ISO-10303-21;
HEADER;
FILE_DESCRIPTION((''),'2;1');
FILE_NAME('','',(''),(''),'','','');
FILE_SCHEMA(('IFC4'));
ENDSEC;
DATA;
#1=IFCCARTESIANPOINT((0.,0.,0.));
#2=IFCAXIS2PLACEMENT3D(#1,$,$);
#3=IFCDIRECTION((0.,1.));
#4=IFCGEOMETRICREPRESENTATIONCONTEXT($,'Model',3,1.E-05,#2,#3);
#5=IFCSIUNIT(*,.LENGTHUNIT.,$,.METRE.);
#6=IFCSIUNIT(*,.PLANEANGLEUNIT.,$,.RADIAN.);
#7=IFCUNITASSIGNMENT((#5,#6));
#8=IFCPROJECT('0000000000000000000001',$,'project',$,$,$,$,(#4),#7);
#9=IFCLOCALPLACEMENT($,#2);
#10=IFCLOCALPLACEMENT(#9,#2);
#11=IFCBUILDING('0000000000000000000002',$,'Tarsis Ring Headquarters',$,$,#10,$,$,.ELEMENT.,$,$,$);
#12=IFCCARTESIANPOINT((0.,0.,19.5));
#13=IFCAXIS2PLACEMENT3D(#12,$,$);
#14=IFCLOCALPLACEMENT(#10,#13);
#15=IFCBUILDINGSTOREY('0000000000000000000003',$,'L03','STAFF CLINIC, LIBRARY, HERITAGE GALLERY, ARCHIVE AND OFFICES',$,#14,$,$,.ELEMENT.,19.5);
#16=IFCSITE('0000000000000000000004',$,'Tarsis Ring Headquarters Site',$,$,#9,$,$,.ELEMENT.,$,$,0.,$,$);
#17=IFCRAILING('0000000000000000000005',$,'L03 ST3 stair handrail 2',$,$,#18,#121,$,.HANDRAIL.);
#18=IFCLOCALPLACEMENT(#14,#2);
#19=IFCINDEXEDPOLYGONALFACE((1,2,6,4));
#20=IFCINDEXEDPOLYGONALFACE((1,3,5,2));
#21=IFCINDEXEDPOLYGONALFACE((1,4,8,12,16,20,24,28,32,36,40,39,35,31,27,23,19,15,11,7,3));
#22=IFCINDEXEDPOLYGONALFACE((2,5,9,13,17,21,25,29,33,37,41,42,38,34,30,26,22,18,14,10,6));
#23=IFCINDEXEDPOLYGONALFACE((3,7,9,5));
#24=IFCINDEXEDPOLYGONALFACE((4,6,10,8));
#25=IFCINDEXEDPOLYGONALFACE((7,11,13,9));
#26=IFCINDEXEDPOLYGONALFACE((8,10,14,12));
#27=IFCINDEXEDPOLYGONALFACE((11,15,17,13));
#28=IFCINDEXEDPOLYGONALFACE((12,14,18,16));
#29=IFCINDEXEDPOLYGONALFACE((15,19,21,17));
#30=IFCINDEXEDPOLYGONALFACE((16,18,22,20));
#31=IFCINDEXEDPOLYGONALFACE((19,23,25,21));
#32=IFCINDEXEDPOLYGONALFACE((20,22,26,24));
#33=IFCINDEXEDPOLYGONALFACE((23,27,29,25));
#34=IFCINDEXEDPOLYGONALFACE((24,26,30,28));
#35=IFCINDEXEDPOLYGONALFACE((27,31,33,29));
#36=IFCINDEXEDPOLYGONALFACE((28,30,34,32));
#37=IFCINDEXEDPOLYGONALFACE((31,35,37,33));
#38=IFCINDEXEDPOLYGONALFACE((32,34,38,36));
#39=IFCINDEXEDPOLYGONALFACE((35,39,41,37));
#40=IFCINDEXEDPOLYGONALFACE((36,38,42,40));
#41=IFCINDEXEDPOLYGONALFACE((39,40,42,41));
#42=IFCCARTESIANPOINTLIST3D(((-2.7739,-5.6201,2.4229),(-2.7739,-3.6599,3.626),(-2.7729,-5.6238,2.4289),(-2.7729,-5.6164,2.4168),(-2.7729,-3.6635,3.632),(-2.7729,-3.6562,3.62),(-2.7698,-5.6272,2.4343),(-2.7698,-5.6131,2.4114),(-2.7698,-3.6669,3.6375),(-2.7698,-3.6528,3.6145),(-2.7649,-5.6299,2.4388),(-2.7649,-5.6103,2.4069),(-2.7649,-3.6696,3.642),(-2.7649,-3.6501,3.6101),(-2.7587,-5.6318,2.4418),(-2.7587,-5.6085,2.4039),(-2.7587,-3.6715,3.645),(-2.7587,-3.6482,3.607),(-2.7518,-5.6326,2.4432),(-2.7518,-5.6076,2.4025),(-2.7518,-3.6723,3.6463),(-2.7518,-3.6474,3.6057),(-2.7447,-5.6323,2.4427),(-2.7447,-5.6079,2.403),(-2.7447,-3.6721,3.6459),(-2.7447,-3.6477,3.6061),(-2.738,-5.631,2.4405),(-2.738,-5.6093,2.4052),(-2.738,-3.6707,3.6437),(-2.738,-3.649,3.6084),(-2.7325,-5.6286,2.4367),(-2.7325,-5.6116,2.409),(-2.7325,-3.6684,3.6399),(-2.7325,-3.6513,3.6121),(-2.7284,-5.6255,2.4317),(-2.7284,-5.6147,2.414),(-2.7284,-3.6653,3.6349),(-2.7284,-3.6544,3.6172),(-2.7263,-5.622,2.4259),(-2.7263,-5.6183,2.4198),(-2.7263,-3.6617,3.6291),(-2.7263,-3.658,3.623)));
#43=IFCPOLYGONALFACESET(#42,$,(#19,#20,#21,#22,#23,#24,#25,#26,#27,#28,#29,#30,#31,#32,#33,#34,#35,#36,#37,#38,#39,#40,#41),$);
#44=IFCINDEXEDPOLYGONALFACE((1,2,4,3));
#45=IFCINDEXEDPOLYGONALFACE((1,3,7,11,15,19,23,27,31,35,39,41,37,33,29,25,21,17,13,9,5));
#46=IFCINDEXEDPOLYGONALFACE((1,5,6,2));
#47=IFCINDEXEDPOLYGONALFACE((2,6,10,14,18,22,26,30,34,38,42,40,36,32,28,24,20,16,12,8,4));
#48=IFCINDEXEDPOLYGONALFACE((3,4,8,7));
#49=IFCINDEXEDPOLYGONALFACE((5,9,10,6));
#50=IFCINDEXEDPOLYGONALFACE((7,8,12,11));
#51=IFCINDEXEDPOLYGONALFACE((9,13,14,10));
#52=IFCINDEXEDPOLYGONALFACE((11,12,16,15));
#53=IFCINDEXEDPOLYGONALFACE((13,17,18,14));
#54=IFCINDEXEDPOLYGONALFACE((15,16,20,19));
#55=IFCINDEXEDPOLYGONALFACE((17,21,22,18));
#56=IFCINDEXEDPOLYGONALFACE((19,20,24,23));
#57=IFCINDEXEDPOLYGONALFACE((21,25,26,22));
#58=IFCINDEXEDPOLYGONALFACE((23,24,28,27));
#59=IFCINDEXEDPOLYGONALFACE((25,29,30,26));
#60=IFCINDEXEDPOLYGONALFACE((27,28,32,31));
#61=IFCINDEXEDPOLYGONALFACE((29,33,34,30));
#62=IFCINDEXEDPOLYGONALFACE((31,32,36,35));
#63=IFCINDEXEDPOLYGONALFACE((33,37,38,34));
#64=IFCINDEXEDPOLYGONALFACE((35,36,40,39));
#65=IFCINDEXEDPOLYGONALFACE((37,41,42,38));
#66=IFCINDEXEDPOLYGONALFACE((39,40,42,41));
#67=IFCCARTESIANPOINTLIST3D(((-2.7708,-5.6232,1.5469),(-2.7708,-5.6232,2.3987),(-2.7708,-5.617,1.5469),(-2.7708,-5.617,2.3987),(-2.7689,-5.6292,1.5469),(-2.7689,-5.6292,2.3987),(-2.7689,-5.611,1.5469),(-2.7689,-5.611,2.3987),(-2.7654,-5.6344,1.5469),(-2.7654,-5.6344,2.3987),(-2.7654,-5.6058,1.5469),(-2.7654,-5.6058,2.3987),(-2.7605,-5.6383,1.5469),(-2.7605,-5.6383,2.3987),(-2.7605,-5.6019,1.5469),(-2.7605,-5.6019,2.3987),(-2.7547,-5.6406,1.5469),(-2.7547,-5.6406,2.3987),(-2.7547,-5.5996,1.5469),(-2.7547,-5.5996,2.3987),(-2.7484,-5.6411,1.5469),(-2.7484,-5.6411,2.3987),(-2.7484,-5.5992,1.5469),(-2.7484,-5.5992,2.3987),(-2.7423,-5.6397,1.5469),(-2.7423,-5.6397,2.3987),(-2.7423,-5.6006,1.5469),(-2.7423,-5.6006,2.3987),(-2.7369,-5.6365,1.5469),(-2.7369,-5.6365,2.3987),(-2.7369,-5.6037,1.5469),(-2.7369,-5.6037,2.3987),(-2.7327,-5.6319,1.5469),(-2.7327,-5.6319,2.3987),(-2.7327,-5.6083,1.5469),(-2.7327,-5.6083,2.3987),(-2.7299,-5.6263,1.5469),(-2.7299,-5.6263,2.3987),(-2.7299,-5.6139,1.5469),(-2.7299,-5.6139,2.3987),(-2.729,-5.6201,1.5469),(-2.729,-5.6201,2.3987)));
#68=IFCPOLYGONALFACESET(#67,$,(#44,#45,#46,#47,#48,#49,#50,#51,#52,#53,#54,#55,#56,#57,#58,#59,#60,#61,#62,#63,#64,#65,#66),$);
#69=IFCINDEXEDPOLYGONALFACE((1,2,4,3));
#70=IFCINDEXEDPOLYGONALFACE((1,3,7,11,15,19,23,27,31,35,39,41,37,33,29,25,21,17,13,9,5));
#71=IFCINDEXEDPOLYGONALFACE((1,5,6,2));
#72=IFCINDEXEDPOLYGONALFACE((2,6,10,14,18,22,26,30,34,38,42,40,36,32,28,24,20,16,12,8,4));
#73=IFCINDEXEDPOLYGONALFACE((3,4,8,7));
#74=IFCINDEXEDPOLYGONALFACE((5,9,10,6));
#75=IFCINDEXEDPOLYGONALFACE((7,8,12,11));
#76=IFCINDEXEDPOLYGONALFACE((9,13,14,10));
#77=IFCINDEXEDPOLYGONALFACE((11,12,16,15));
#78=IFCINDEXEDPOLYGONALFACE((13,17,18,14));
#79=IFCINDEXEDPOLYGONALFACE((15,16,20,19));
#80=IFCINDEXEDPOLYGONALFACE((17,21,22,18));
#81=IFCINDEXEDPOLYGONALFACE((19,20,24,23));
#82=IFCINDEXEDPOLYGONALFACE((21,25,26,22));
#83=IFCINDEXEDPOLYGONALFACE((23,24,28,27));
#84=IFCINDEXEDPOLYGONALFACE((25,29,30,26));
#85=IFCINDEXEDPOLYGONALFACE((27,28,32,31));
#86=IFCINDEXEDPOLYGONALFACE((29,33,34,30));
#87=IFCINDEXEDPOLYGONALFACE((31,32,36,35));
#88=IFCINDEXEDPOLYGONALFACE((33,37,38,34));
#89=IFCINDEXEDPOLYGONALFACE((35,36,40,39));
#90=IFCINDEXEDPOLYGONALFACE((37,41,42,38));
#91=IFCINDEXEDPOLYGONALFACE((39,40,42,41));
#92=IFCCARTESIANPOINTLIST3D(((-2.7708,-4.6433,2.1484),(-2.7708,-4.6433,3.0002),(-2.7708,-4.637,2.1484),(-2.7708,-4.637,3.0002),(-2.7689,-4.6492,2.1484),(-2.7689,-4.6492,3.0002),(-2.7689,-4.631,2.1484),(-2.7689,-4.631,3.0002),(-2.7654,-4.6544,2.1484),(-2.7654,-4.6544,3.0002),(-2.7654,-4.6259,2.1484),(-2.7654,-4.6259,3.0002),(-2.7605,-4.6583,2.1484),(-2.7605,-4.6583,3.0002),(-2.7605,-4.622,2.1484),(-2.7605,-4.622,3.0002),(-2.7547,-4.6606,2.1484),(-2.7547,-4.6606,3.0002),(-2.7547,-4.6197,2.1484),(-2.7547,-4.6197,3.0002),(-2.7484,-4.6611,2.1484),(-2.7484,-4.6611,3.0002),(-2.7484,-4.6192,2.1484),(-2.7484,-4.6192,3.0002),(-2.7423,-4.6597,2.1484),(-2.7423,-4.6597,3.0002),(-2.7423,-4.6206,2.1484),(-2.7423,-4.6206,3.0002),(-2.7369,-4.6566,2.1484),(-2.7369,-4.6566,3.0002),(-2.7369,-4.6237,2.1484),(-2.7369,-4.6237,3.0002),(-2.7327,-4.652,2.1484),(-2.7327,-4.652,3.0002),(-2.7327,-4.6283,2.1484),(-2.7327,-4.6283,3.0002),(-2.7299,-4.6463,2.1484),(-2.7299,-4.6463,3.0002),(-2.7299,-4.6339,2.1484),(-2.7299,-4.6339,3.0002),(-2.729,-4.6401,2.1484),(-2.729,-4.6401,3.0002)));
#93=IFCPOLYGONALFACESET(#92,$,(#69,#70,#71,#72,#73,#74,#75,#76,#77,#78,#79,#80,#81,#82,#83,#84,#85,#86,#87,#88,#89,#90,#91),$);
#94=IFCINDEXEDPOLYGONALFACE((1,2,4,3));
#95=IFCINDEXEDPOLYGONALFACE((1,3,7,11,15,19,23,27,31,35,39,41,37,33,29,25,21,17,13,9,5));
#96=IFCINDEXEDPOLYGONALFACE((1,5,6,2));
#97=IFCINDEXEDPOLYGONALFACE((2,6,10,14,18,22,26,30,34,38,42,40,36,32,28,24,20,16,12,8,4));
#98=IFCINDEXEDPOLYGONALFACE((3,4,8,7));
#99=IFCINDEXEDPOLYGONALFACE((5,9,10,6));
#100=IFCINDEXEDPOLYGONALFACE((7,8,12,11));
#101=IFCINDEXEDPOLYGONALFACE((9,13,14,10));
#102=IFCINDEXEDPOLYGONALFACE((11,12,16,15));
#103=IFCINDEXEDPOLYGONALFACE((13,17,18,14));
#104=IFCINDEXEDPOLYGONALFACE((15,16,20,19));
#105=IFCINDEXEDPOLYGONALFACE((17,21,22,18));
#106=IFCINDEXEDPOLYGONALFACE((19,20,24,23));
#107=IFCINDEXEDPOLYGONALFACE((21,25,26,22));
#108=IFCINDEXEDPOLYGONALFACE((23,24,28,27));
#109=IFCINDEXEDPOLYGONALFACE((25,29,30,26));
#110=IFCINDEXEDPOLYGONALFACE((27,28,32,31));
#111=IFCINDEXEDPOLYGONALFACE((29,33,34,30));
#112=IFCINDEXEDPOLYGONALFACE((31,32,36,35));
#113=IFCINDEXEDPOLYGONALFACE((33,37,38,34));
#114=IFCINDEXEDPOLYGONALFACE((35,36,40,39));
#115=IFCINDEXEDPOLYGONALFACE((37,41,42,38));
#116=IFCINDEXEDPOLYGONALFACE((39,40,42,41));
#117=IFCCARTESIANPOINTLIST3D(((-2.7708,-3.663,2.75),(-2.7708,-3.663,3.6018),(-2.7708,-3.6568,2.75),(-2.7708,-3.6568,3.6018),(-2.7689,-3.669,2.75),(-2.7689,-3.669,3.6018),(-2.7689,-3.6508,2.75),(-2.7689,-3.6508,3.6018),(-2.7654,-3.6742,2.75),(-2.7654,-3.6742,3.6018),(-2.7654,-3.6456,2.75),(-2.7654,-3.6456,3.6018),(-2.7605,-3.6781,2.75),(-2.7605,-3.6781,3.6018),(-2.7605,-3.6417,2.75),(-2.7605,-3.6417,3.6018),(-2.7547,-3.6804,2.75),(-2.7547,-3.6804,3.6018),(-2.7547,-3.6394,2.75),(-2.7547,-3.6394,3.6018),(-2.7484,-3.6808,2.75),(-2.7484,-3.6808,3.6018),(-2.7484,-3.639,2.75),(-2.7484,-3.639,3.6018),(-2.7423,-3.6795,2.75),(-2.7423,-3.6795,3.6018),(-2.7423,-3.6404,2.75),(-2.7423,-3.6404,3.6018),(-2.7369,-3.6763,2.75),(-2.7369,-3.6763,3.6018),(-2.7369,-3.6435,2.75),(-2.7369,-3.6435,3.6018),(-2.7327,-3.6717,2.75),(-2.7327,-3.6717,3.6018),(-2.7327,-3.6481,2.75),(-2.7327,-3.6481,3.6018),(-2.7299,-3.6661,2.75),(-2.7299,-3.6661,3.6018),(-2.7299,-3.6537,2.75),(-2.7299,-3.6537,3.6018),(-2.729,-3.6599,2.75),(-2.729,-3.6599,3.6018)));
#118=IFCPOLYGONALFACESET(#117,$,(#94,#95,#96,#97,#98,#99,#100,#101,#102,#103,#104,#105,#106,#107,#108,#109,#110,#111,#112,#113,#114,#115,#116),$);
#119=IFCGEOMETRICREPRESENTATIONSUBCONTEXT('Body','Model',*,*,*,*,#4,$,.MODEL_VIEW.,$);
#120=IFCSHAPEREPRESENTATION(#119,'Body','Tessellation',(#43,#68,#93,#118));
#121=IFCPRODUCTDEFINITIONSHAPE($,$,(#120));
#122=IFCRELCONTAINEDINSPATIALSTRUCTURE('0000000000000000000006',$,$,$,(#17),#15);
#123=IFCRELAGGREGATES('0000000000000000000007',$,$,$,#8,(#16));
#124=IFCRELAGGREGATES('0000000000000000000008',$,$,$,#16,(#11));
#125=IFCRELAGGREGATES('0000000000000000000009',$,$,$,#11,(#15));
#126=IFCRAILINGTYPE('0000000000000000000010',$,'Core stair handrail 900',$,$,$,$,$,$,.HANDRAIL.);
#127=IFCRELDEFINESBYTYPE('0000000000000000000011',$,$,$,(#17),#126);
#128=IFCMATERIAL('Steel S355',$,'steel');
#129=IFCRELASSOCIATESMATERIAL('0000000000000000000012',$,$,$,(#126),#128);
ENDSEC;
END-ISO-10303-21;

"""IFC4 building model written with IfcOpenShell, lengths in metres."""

from ifc_helpers import new_model, si_unit, direction, frame, origin, origin_2d, place, context, subcontext, project, spatial, circle, extrude, material, type_object, element, save


model = new_model("IFC4")

# Units and contexts
model_context = context("Model", 3, precision=1e-05, world=origin(), true_north=direction((0.0, 1.0)))
body_context = subcontext(model_context, "Body", "Model", "MODEL_VIEW")
ifc_project = project(units=[si_unit("LENGTHUNIT", "METRE"), si_unit("PLANEANGLEUNIT", "RADIAN")], contexts=[model_context])

# Site, building, storey
site_placement = place(None, origin())
site = spatial("IfcSite", under=ifc_project, at=site_placement, Name="Tarsis Ring Headquarters Site", CompositionType="ELEMENT", RefElevation=0.0)
building_placement = place(site_placement, origin())
building = spatial("IfcBuilding", under=site, at=building_placement, Name="Tarsis Ring Headquarters", CompositionType="ELEMENT")
storey_placement = place(building_placement, frame((0.0, 0.0, 19.5)))
storey = spatial("IfcBuildingStorey", under=building, at=storey_placement, Name="L03", Description="STAFF CLINIC, LIBRARY, HERITAGE GALLERY, ARCHIVE AND OFFICES", CompositionType="ELEMENT", Elevation=19.5)

# Shared definitions
ifc_material_1 = material(Name="Steel S355", Category="steel")

# Railing
railing_type_1 = type_object("IfcRailingType", Name="Core stair handrail 900", PredefinedType="HANDRAIL", material=ifc_material_1)
railing_1_placement = place(storey_placement, frame((-2.75, -5.6201, 1.5469)))
element("IfcRailing", 1, at=railing_1_placement, inside=storey, type_object=railing_type_1, Name="L03 ST3 stair handrail 2", PredefinedType="HANDRAIL", context=body_context, shape_type="SweptSolid", body=[
    extrude(circle(Radius=0.0239, at=origin_2d()), frame((0.0, 0.0, 0.876), z_axis=(0.0, 0.85227, 0.523102), x_axis=(-1.0, 0.0, 0.0)), (0.0, 0.0, 1.0), 2.3),
    extrude(circle(Radius=0.021, at=origin_2d()), origin(), (0.0, 0.0, 1.0), 0.8518),
    extrude(circle(Radius=0.021, at=origin_2d()), frame((0.0, 0.98, 0.6016)), (0.0, 0.0, 1.0), 0.8518),
    extrude(circle(Radius=0.021, at=origin_2d()), frame((0.0, 1.9602, 1.2031)), (0.0, 0.0, 1.0), 0.8518),
])

save(model, "model.ifc")
